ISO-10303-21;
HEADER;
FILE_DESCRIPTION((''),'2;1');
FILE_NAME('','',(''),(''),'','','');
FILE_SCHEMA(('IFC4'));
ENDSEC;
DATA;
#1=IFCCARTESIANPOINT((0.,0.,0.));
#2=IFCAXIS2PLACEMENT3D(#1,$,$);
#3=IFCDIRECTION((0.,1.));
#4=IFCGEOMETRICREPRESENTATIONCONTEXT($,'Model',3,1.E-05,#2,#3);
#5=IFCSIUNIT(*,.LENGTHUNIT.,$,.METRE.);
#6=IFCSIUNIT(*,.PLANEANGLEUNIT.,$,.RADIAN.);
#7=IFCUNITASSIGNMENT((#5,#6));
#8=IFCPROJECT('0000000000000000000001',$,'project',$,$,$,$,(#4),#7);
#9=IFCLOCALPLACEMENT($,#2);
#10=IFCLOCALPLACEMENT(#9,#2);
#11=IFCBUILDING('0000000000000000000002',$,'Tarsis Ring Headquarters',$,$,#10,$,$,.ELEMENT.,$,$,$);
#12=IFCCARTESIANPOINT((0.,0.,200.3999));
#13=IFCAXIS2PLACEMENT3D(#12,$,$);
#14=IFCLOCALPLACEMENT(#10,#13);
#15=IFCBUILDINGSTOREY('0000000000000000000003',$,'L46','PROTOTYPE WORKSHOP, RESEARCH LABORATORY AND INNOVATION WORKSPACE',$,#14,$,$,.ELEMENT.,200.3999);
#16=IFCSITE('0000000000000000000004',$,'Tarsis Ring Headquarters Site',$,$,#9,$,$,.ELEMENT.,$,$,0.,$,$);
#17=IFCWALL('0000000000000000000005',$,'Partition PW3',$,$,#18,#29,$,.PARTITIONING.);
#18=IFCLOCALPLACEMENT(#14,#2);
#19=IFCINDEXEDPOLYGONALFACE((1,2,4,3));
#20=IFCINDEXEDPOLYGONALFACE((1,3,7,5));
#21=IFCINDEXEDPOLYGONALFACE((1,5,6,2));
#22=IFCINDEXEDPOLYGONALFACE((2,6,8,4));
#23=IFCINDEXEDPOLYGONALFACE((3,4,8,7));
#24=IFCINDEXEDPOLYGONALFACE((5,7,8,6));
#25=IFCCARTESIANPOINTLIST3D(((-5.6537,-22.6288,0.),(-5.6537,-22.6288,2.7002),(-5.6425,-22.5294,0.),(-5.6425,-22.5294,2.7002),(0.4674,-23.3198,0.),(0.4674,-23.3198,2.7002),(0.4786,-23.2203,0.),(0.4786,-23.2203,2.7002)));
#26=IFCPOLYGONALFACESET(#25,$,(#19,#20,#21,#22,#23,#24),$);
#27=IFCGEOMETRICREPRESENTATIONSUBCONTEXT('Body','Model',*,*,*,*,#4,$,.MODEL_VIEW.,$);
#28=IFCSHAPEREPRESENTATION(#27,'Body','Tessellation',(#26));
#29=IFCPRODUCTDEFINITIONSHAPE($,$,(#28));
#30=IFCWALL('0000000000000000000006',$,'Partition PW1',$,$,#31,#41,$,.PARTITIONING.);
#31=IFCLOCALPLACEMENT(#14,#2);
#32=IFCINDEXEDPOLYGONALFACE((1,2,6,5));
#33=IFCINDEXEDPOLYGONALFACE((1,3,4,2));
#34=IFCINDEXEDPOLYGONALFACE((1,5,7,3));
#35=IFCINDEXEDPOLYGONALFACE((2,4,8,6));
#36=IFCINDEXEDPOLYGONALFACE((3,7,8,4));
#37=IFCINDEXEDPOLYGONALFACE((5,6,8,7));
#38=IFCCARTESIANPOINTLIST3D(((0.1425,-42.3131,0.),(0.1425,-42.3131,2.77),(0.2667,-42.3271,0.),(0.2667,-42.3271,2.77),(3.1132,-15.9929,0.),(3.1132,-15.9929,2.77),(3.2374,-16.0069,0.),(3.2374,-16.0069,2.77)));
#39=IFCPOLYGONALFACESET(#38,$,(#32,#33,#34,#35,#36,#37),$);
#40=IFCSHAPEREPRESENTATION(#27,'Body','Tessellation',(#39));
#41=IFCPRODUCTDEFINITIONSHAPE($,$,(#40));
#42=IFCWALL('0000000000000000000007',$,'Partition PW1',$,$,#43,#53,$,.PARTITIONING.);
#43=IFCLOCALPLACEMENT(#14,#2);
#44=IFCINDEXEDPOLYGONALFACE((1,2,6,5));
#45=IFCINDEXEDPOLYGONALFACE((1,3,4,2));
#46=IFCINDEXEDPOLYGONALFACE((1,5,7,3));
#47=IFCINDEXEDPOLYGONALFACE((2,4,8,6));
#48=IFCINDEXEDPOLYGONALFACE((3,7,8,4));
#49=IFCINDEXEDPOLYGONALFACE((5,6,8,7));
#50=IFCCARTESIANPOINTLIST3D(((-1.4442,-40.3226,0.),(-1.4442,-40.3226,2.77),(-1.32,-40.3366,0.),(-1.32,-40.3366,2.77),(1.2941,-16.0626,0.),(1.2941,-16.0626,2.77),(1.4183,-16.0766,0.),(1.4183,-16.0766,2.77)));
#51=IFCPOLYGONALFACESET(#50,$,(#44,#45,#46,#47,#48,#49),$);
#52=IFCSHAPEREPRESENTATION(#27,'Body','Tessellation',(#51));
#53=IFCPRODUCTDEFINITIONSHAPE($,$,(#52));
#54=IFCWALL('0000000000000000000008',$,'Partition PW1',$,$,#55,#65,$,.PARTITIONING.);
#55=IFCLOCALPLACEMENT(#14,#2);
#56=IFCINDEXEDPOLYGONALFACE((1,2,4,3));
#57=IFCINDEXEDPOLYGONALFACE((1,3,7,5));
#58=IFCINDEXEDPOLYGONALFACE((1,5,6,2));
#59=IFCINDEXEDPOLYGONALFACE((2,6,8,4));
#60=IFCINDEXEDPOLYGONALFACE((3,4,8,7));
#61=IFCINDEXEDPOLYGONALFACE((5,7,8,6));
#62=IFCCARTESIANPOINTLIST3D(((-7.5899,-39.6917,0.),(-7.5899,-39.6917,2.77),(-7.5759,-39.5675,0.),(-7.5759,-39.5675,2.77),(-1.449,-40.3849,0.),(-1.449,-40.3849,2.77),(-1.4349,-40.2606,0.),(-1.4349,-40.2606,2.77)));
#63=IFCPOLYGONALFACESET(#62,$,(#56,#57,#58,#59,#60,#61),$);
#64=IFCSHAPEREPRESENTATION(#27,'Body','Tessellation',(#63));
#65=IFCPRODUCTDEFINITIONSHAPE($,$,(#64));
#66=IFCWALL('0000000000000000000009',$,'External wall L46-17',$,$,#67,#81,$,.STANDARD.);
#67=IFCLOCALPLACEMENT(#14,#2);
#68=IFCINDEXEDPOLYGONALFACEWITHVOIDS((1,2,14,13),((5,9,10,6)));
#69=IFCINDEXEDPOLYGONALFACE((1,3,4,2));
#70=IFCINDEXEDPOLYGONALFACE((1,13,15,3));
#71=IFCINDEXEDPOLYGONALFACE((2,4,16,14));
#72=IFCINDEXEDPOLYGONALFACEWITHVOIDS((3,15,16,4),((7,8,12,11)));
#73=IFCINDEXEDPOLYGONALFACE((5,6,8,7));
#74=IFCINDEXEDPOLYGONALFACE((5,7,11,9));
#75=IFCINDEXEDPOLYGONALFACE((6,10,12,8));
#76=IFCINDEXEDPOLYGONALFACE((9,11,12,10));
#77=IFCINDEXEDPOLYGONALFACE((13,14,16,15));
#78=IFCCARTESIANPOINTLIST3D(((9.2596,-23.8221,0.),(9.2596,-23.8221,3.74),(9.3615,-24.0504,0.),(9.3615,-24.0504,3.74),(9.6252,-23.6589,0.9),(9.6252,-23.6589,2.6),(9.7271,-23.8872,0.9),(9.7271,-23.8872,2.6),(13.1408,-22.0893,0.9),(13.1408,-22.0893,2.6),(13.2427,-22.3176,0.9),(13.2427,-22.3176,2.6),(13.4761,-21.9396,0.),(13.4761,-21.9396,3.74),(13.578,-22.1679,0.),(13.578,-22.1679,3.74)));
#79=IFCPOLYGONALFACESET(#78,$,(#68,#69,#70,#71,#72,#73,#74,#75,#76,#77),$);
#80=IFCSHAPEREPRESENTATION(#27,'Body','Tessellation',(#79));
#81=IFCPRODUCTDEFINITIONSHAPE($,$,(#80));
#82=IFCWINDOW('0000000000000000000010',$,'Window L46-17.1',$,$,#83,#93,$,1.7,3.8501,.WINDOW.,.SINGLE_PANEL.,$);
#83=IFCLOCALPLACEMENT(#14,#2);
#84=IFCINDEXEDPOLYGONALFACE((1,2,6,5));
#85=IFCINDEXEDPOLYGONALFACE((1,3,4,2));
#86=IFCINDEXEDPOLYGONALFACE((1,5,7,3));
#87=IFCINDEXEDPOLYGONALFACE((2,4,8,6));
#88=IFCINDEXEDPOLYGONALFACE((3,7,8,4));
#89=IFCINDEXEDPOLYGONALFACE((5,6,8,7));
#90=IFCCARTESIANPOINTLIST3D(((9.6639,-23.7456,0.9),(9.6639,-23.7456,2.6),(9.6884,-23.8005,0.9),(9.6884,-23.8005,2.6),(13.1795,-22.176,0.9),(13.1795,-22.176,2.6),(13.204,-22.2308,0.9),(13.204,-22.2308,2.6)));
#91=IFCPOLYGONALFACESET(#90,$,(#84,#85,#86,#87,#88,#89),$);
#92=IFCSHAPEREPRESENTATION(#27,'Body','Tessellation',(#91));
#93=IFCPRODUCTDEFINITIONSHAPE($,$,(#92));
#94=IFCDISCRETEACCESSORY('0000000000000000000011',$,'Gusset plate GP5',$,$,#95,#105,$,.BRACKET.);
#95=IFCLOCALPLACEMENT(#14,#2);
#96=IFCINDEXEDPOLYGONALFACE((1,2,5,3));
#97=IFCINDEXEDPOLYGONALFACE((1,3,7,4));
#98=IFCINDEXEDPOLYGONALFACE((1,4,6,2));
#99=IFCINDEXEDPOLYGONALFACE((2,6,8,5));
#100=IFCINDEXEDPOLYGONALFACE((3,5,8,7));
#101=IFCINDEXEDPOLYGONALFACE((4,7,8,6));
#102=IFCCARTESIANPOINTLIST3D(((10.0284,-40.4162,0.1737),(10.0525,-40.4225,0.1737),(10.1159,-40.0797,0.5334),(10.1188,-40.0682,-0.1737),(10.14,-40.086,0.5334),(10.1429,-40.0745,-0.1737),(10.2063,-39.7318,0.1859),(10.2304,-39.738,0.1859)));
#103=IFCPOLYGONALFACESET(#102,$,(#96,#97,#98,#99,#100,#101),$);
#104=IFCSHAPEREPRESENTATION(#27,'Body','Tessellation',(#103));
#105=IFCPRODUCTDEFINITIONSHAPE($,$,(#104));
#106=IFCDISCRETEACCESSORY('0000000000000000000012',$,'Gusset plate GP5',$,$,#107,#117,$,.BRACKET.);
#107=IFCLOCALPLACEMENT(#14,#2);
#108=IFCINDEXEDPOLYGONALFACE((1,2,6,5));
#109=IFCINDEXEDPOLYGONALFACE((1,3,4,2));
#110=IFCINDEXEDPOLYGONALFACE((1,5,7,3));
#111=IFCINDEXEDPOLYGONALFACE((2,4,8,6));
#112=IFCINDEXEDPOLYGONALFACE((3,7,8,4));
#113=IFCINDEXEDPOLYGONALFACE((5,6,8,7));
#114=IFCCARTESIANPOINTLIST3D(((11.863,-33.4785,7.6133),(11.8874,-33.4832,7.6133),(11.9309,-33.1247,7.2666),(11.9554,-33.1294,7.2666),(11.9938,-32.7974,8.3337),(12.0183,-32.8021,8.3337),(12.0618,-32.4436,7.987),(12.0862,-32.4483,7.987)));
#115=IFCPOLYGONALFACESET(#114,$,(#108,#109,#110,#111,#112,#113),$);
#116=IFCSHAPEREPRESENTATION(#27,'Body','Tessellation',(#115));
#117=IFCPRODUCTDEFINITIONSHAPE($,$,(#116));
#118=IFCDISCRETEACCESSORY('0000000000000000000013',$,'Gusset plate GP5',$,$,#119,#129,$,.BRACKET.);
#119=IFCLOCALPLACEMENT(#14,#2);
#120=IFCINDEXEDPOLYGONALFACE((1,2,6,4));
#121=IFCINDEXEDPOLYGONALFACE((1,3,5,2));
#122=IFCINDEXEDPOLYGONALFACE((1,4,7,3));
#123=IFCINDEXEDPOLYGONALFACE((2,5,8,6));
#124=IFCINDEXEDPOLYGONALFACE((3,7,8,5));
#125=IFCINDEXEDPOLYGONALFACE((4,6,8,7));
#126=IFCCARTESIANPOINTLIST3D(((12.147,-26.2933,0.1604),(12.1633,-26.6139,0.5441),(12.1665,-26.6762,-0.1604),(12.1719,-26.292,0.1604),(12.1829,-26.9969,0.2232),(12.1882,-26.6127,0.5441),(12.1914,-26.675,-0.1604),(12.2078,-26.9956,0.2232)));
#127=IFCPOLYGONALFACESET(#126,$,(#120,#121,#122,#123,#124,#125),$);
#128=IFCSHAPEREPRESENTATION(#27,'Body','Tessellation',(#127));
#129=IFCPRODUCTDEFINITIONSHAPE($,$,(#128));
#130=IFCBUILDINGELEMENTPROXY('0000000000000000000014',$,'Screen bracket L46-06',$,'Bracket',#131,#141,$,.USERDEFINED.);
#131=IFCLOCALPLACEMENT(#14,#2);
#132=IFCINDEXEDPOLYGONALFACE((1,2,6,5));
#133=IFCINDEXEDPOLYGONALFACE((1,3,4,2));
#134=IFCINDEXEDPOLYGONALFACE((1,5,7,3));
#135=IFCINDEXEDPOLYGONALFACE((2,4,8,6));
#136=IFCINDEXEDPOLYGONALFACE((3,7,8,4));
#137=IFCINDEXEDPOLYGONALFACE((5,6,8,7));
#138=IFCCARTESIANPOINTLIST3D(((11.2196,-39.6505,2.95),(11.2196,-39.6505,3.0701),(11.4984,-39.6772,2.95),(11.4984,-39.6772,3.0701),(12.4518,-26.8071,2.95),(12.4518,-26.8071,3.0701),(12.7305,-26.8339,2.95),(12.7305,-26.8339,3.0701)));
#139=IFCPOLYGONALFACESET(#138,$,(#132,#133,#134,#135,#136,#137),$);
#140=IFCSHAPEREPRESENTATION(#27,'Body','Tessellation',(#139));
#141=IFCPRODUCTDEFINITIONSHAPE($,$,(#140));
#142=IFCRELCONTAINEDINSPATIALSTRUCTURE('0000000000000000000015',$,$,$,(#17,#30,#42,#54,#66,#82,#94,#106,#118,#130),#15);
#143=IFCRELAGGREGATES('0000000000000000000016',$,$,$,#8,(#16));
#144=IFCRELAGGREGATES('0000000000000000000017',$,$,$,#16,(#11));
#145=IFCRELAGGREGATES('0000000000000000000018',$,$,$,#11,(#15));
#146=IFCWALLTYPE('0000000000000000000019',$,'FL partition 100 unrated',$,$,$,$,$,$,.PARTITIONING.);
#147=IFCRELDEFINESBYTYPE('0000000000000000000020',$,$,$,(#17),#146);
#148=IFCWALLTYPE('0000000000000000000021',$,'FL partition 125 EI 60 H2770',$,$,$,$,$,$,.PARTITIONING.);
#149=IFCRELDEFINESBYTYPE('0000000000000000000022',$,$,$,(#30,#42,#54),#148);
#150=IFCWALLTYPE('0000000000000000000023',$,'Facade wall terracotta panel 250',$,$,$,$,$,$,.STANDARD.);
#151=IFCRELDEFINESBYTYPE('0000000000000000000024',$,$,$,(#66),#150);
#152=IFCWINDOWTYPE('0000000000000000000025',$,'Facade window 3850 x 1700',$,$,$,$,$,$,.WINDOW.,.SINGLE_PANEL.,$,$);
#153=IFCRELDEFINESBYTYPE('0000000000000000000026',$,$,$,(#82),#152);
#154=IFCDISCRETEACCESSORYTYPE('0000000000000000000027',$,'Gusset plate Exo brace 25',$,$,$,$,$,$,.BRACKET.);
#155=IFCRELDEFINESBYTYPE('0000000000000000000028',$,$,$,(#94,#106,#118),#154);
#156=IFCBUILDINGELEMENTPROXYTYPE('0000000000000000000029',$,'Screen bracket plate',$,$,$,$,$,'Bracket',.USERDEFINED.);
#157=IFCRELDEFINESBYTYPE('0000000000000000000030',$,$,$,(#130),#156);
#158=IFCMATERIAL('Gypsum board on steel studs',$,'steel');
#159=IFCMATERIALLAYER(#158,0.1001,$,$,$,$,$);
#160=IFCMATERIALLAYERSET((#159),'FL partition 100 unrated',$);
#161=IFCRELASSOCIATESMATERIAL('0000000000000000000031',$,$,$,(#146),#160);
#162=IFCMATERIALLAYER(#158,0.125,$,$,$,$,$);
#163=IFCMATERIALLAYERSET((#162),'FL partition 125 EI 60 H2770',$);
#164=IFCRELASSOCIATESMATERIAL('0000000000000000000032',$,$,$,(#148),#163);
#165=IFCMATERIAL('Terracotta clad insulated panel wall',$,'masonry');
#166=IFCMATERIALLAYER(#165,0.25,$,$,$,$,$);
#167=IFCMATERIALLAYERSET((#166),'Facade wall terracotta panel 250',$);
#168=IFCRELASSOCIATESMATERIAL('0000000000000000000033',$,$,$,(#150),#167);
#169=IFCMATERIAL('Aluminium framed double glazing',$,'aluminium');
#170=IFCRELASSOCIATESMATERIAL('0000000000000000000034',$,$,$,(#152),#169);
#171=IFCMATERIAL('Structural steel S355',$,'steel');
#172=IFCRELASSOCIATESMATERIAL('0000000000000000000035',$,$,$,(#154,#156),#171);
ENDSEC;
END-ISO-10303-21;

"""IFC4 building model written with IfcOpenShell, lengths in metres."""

from ifc_helpers import new_model, si_unit, direction, frame, frame_2d, origin, origin_2d, place, context, subcontext, project, spatial, rectangle, extrude, material, layer, layer_set, material_profile, profile_set, type_object, element, fill, save


model = new_model("IFC4")

# Units and contexts
model_context = context("Model", 3, precision=1e-05, world=origin(), true_north=direction((0.0, 1.0)))
body_context = subcontext(model_context, "Body", "Model", "MODEL_VIEW")
ifc_project = project(units=[si_unit("LENGTHUNIT", "METRE"), si_unit("PLANEANGLEUNIT", "RADIAN")], contexts=[model_context])

# Site, building, storey
site_placement = place(None, origin())
site = spatial("IfcSite", under=ifc_project, at=site_placement, Name="Tarsis Ring Headquarters Site", CompositionType="ELEMENT", RefElevation=0.0)
building_placement = place(site_placement, origin())
building = spatial("IfcBuilding", under=site, at=building_placement, Name="Tarsis Ring Headquarters", CompositionType="ELEMENT")
storey_placement = place(building_placement, frame((0.0, 0.0, 200.3999)))
storey = spatial("IfcBuildingStorey", under=building, at=storey_placement, Name="L46", Description="PROTOTYPE WORKSHOP, RESEARCH LABORATORY AND INNOVATION WORKSPACE", CompositionType="ELEMENT", Elevation=200.3999)

# Shared definitions
ifc_material_1 = material(Name="Structural steel S355", Category="steel")

# Walls
ifc_material_2 = material(Name="Gypsum board on steel studs", Category="steel")
ifc_layer_1 = layer(ifc_material_2, 0.1001)
ifc_layer_set_1 = layer_set([ifc_layer_1], Name="FL partition 100 unrated")
wall_type_1 = type_object("IfcWallType", Name="FL partition 100 unrated", PredefinedType="PARTITIONING", material=ifc_layer_set_1)
wall_1_placement = place(storey_placement, frame((-5.6482, -22.5791, 0.0), z_axis=(0.0, 0.0, 1.0), x_axis=(0.99369, -0.112163, 0.0)))
element("IfcWall", 1, at=wall_1_placement, inside=storey, type_object=wall_type_1, Name="Partition PW3", PredefinedType="PARTITIONING", context=body_context, shape_type="SweptSolid", body=[
    extrude(rectangle(XDim=6.1599, YDim=0.1001, at=frame_2d((3.0801, 0.0))), origin(), (0.0, 0.0, 1.0), 2.7002),
])
ifc_layer_2 = layer(ifc_material_2, 0.125)
ifc_layer_set_2 = layer_set([ifc_layer_2], Name="FL partition 125 EI 60 H2770")
wall_type_2 = type_object("IfcWallType", Name="FL partition 125 EI 60 H2770", PredefinedType="PARTITIONING", material=ifc_layer_set_2)
wall_2_placement = place(storey_placement, frame((0.2046, -42.3201, 0.0), z_axis=(0.0, 0.0, 1.0), x_axis=(0.112156, 0.993691, 0.0)))
element("IfcWall", 2, at=wall_2_placement, inside=storey, type_object=wall_type_2, Name="Partition PW1", PredefinedType="PARTITIONING", context=body_context, shape_type="SweptSolid", body=[
    extrude(rectangle(XDim=26.4873, YDim=0.125, at=frame_2d((13.2437, 0.0))), origin(), (0.0, 0.0, 1.0), 2.77),
])
wall_3_placement = place(storey_placement, frame((-1.3821, -40.3296, 0.0), z_axis=(0.0, 0.0, 1.0), x_axis=(0.11216, 0.99369, 0.0)))
element("IfcWall", 3, at=wall_3_placement, inside=storey, type_object=wall_type_2, Name="Partition PW1", PredefinedType="PARTITIONING", context=body_context, shape_type="SweptSolid", body=[
    extrude(rectangle(XDim=24.4141, YDim=0.125, at=frame_2d((12.207, 0.0))), origin(), (0.0, 0.0, 1.0), 2.77),
])
wall_4_placement = place(storey_placement, frame((-7.5828, -39.6296, 0.0), z_axis=(0.0, 0.0, 1.0), x_axis=(0.99369, -0.112157, 0.0)))
element("IfcWall", 4, at=wall_4_placement, inside=storey, type_object=wall_type_2, Name="Partition PW1", PredefinedType="PARTITIONING", context=body_context, shape_type="SweptSolid", body=[
    extrude(rectangle(XDim=6.1799, YDim=0.125, at=frame_2d((3.0898, 0.0))), origin(), (0.0, 0.0, 1.0), 2.77),
])

# Wall, opening, window
ifc_material_3 = material(Name="Terracotta clad insulated panel wall", Category="masonry")
ifc_layer_3 = layer(ifc_material_3, 0.25)
ifc_layer_set_3 = layer_set([ifc_layer_3], Name="Facade wall terracotta panel 250")
wall_type_3 = type_object("IfcWallType", Name="Facade wall terracotta panel 250", PredefinedType="STANDARD", material=ifc_layer_set_3)
wall_5_placement = place(storey_placement, frame((9.3105, -23.9363, 0.0), z_axis=(0.0, 0.0, 1.0), x_axis=(0.913123, 0.407683, 0.0)))
wall_5 = element("IfcWall", 5, at=wall_5_placement, inside=storey, type_object=wall_type_3, Name="External wall L46-17", PredefinedType="STANDARD", context=body_context, shape_type="SweptSolid", body=[
    extrude(rectangle(XDim=4.6177, YDim=0.25, at=frame_2d((2.3088, 0.0))), origin(), (0.0, 0.0, 1.0), 3.74),
])
opening_placement = place(wall_5_placement, frame((0.4004, 0.0, 0.8999)))
opening = element("IfcOpeningElement", 6, at=opening_placement, cuts=wall_5, PredefinedType="OPENING", context=body_context, shape_type="SweptSolid", body=[
    extrude(rectangle(XDim=3.8501, YDim=1.7, at=frame_2d((1.925, 0.8501))), frame((0.0, 0.135, 0.0), z_axis=(0.0, -1.0, 0.0), x_axis=(1.0, 0.0, 0.0)), (0.0, 0.0, 1.0), 0.27),
])
ifc_material_4 = material(Name="Aluminium framed double glazing", Category="aluminium")
window_type = type_object("IfcWindowType", Name="Facade window 3850 x 1700", PartitioningType="SINGLE_PANEL", PredefinedType="WINDOW", material=ifc_material_4)
window_placement = place(opening_placement, origin())
window = element("IfcWindow", 7, at=window_placement, inside=storey, type_object=window_type, Name="Window L46-17.1", OverallHeight=1.7, OverallWidth=3.8501, PartitioningType="SINGLE_PANEL", PredefinedType="WINDOW", context=body_context, shape_type="SweptSolid", body=[
    extrude(rectangle(XDim=3.8501, YDim=1.7, at=frame_2d((1.925, 0.8501))), frame((0.0, 0.03, 0.0), z_axis=(0.0, -1.0, 0.0), x_axis=(1.0, 0.0, 0.0)), (0.0, 0.0, 1.0), 0.0601),
])
fill(opening, window)

# Discrete accessories
ifc_material_profile_1 = material_profile(ifc_material_1, rectangle(XDim=0.0249, YDim=0.5, at=origin_2d()), Name="PL 25x500")
ifc_profile_set_1 = profile_set([ifc_material_profile_1], Name="Structural steel S355")
discrete_accessory_type = type_object("IfcDiscreteAccessoryType", Name="Gusset plate Exo brace 25", PredefinedType="BRACKET", material=ifc_profile_set_1)
discrete_accessory_1_placement = place(storey_placement, frame((10.0857, -40.2454, 0.0), z_axis=(0.174753, 0.672653, 0.719026), x_axis=(-0.96787, 0.25145, 0.0)))
element("IfcDiscreteAccessory", 8, at=discrete_accessory_1_placement, inside=storey, type_object=discrete_accessory_type, Name="Gusset plate GP5", PredefinedType="BRACKET", context=body_context, shape_type="SweptSolid", body=[
    extrude(rectangle(XDim=0.0249, YDim=0.5, at=origin_2d()), origin(), (0.0, 0.0, 1.0), 0.5002),
])
discrete_accessory_2_placement = place(storey_placement, frame((11.9092, -33.304, 7.4399), z_axis=(0.130849, 0.6811, 0.720404), x_axis=(-0.982042, 0.188665, 0.0)))
element("IfcDiscreteAccessory", 9, at=discrete_accessory_2_placement, inside=storey, type_object=discrete_accessory_type, Name="Gusset plate GP5", PredefinedType="BRACKET", context=body_context, shape_type="SweptSolid", body=[
    extrude(rectangle(XDim=0.0249, YDim=0.5, at=origin_2d()), origin(), (0.0, 0.0, 1.0), 1.0),
])
discrete_accessory_3_placement = place(storey_placement, frame((12.1692, -26.4841, 0.0), z_axis=(0.032706, -0.640946, 0.766889), x_axis=(0.998701, 0.050962, 0.0)))
element("IfcDiscreteAccessory", 10, at=discrete_accessory_3_placement, inside=storey, type_object=discrete_accessory_type, Name="Gusset plate GP5", PredefinedType="BRACKET", context=body_context, shape_type="SweptSolid", body=[
    extrude(rectangle(XDim=0.0249, YDim=0.5, at=origin_2d()), origin(), (0.0, 0.0, 1.0), 0.5002),
])

# Building element proxy
building_element_proxy_type = type_object("IfcBuildingElementProxyType", Name="Screen bracket plate", ElementType="Bracket", PredefinedType="USERDEFINED", material=ifc_material_1)
proxy_placement = place(storey_placement, frame((11.9751, -33.2422, 2.95), z_axis=(0.0, 0.0, 1.0), x_axis=(0.095498, 0.99543, 0.0)))
element("IfcBuildingElementProxy", 11, at=proxy_placement, inside=storey, type_object=building_element_proxy_type, Name="Screen bracket L46-06", ObjectType="Bracket", PredefinedType="USERDEFINED", context=body_context, shape_type="SweptSolid", body=[
    extrude(rectangle(XDim=12.9023, YDim=0.28, at=origin_2d()), origin(), (0.0, 0.0, 1.0), 0.1201),
])

save(model, "model.ifc")
